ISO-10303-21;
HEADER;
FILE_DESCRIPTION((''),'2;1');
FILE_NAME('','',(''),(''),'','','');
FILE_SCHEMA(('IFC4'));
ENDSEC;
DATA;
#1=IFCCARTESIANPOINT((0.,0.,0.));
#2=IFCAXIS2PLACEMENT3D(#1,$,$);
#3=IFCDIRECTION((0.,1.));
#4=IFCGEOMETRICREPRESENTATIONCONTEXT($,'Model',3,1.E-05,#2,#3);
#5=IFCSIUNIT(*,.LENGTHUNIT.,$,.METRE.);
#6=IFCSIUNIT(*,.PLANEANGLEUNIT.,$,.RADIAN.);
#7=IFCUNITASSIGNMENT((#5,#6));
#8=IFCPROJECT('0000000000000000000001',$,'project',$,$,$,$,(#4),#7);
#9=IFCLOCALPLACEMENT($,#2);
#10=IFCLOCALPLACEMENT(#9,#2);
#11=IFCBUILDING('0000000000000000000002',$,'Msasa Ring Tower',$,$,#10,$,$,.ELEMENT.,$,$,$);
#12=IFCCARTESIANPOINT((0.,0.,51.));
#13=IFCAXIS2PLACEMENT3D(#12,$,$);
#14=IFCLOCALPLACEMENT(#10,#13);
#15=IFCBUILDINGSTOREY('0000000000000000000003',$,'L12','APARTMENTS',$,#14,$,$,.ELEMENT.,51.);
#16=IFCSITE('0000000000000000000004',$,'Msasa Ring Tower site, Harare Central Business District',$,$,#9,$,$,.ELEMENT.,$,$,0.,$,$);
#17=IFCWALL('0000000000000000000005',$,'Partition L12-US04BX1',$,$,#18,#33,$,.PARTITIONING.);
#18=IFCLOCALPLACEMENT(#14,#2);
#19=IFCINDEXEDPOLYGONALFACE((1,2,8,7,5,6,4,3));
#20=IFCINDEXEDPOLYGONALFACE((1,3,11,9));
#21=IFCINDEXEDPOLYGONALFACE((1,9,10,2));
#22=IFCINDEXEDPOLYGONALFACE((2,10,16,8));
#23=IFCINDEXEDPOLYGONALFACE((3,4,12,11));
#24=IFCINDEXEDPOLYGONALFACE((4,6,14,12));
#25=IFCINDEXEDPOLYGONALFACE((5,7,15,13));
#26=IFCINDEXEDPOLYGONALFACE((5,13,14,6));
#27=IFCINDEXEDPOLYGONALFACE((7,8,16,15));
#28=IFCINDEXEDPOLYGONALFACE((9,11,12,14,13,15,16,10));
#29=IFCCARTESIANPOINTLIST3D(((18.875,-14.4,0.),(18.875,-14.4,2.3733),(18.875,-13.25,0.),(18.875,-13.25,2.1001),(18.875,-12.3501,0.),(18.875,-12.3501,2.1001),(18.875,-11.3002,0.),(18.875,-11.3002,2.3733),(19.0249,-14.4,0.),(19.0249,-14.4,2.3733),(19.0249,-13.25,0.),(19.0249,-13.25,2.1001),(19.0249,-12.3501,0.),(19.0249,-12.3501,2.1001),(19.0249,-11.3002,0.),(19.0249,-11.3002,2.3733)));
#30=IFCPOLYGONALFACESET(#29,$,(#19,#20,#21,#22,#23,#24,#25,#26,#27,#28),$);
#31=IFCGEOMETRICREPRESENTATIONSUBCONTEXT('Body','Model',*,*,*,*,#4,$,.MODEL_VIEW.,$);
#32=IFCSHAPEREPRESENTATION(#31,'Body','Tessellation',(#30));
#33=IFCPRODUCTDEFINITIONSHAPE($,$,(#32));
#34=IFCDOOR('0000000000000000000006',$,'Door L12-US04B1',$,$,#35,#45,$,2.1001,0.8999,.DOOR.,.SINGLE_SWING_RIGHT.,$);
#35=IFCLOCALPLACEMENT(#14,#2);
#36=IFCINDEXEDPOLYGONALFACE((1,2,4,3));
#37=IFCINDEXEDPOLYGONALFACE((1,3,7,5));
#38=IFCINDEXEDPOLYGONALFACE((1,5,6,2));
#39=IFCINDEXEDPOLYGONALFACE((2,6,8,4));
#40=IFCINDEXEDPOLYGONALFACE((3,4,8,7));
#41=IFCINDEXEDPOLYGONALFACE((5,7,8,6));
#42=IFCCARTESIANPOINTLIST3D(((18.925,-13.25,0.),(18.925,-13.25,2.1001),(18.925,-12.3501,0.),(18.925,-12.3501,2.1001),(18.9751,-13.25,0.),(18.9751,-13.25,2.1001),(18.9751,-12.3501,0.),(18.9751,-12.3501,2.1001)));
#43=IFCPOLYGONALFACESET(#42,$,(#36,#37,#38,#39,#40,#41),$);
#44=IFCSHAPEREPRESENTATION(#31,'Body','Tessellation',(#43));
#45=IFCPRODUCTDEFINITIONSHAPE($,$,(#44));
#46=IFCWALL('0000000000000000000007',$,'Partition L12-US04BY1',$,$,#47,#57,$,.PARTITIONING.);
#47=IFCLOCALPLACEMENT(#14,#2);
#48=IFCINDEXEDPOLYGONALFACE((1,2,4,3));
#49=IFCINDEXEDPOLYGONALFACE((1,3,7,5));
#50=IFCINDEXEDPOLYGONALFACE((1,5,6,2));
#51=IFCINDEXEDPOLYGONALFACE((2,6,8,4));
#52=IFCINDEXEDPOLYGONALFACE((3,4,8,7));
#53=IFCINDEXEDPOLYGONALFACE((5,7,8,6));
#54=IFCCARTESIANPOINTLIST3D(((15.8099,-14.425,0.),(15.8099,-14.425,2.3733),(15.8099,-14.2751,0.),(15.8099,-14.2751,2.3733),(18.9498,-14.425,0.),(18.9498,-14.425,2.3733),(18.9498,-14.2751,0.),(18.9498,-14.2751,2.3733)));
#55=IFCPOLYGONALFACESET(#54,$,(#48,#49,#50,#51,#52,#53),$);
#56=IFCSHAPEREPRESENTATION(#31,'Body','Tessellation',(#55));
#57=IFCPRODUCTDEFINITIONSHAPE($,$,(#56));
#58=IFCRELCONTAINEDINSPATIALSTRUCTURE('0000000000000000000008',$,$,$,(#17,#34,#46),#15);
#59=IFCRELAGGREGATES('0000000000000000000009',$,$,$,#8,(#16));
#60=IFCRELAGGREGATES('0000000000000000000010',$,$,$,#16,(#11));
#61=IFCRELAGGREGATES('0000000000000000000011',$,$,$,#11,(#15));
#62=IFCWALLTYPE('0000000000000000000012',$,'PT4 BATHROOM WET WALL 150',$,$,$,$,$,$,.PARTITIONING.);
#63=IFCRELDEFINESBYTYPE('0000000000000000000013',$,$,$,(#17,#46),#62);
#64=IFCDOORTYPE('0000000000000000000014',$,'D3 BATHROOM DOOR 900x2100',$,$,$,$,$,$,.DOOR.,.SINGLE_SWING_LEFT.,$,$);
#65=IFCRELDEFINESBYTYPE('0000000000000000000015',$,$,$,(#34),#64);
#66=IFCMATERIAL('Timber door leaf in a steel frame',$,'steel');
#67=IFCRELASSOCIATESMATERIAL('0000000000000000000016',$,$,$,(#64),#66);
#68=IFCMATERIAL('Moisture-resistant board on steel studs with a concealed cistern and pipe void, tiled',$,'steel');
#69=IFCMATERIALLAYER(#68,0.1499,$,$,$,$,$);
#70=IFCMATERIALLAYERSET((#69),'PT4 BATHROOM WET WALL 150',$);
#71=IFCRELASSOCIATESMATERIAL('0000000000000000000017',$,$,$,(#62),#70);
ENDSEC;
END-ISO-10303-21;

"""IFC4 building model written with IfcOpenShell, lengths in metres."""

from ifc_helpers import new_model, si_unit, direction, frame, frame_2d, origin, place, context, subcontext, project, spatial, rectangle, extrude, material, layer, layer_set, type_object, element, fill, save


model = new_model("IFC4")

# Units and contexts
model_context = context("Model", 3, precision=1e-05, world=origin(), true_north=direction((0.0, 1.0)))
body_context = subcontext(model_context, "Body", "Model", "MODEL_VIEW")
ifc_project = project(units=[si_unit("LENGTHUNIT", "METRE"), si_unit("PLANEANGLEUNIT", "RADIAN")], contexts=[model_context])

# Site, building, storey
site_placement = place(None, origin())
site = spatial("IfcSite", under=ifc_project, at=site_placement, Name="Msasa Ring Tower site, Harare Central Business District", CompositionType="ELEMENT", RefElevation=0.0)
building_placement = place(site_placement, origin())
building = spatial("IfcBuilding", under=site, at=building_placement, Name="Msasa Ring Tower", CompositionType="ELEMENT")
storey_placement = place(building_placement, frame((0.0, 0.0, 51.0)))
storey = spatial("IfcBuildingStorey", under=building, at=storey_placement, Name="L12", Description="APARTMENTS", CompositionType="ELEMENT", Elevation=51.0)

# Shared definitions
ifc_material_1 = material(Name="Timber door leaf in a steel frame", Category="steel")
door_type_1 = type_object("IfcDoorType", Name="D3 BATHROOM DOOR 900x2100", OperationType="SINGLE_SWING_LEFT", PredefinedType="DOOR", material=ifc_material_1)

# Wall, opening, door
ifc_material_2 = material(Name="Moisture-resistant board on steel studs with a concealed cistern and pipe void, tiled", Category="steel")
ifc_layer_1 = layer(ifc_material_2, 0.1499)
ifc_layer_set_1 = layer_set([ifc_layer_1], Name="PT4 BATHROOM WET WALL 150")
wall_type_1 = type_object("IfcWallType", Name="PT4 BATHROOM WET WALL 150", PredefinedType="PARTITIONING", material=ifc_layer_set_1)
wall_1_placement = place(storey_placement, frame((18.95, -14.3999, 0.0), z_axis=(0.0, 0.0, 1.0), x_axis=(0.0, 1.0, 0.0)))
wall_1 = element("IfcWall", 1, at=wall_1_placement, inside=storey, type_object=wall_type_1, Name="Partition L12-US04BX1", PredefinedType="PARTITIONING", context=body_context, shape_type="SweptSolid", body=[
    extrude(rectangle(XDim=3.0999, YDim=0.1499, at=frame_2d((1.5498, 0.0))), origin(), (0.0, 0.0, 1.0), 2.3733),
])
opening_1_placement = place(wall_1_placement, frame((1.1499, 0.0, 0.0)))
opening_1 = element("IfcOpeningElement", 2, at=opening_1_placement, cuts=wall_1, PredefinedType="OPENING", context=body_context, shape_type="SweptSolid", body=[
    extrude(rectangle(XDim=0.8999, YDim=2.1001, at=frame_2d((0.45, 1.05))), frame((0.0, 0.085, 0.0), z_axis=(0.0, -1.0, 0.0), x_axis=(1.0, 0.0, 0.0)), (0.0, 0.0, 1.0), 0.1699),
])
door_1_placement = place(opening_1_placement, origin())
door_1 = element("IfcDoor", 3, at=door_1_placement, inside=storey, type_object=door_type_1, Name="Door L12-US04B1", OperationType="SINGLE_SWING_RIGHT", OverallHeight=2.1001, OverallWidth=0.8999, PredefinedType="DOOR", context=body_context, shape_type="SweptSolid", body=[
    extrude(rectangle(XDim=0.8999, YDim=2.1001, at=frame_2d((0.45, 1.05))), frame((0.0, 0.0249, 0.0), z_axis=(0.0, -1.0, 0.0), x_axis=(1.0, 0.0, 0.0)), (0.0, 0.0, 1.0), 0.05),
])
fill(opening_1, door_1)

# Wall
wall_2_placement = place(storey_placement, frame((15.8101, -14.3501, 0.0), z_axis=(0.0, 0.0, 1.0), x_axis=(1.0, 0.0, 0.0)))
element("IfcWall", 4, at=wall_2_placement, inside=storey, type_object=wall_type_1, Name="Partition L12-US04BY1", PredefinedType="PARTITIONING", context=body_context, shape_type="SweptSolid", body=[
    extrude(rectangle(XDim=3.1399, YDim=0.1499, at=frame_2d((1.5698, 0.0))), origin(), (0.0, 0.0, 1.0), 2.3733),
])

save(model, "model.ifc")
